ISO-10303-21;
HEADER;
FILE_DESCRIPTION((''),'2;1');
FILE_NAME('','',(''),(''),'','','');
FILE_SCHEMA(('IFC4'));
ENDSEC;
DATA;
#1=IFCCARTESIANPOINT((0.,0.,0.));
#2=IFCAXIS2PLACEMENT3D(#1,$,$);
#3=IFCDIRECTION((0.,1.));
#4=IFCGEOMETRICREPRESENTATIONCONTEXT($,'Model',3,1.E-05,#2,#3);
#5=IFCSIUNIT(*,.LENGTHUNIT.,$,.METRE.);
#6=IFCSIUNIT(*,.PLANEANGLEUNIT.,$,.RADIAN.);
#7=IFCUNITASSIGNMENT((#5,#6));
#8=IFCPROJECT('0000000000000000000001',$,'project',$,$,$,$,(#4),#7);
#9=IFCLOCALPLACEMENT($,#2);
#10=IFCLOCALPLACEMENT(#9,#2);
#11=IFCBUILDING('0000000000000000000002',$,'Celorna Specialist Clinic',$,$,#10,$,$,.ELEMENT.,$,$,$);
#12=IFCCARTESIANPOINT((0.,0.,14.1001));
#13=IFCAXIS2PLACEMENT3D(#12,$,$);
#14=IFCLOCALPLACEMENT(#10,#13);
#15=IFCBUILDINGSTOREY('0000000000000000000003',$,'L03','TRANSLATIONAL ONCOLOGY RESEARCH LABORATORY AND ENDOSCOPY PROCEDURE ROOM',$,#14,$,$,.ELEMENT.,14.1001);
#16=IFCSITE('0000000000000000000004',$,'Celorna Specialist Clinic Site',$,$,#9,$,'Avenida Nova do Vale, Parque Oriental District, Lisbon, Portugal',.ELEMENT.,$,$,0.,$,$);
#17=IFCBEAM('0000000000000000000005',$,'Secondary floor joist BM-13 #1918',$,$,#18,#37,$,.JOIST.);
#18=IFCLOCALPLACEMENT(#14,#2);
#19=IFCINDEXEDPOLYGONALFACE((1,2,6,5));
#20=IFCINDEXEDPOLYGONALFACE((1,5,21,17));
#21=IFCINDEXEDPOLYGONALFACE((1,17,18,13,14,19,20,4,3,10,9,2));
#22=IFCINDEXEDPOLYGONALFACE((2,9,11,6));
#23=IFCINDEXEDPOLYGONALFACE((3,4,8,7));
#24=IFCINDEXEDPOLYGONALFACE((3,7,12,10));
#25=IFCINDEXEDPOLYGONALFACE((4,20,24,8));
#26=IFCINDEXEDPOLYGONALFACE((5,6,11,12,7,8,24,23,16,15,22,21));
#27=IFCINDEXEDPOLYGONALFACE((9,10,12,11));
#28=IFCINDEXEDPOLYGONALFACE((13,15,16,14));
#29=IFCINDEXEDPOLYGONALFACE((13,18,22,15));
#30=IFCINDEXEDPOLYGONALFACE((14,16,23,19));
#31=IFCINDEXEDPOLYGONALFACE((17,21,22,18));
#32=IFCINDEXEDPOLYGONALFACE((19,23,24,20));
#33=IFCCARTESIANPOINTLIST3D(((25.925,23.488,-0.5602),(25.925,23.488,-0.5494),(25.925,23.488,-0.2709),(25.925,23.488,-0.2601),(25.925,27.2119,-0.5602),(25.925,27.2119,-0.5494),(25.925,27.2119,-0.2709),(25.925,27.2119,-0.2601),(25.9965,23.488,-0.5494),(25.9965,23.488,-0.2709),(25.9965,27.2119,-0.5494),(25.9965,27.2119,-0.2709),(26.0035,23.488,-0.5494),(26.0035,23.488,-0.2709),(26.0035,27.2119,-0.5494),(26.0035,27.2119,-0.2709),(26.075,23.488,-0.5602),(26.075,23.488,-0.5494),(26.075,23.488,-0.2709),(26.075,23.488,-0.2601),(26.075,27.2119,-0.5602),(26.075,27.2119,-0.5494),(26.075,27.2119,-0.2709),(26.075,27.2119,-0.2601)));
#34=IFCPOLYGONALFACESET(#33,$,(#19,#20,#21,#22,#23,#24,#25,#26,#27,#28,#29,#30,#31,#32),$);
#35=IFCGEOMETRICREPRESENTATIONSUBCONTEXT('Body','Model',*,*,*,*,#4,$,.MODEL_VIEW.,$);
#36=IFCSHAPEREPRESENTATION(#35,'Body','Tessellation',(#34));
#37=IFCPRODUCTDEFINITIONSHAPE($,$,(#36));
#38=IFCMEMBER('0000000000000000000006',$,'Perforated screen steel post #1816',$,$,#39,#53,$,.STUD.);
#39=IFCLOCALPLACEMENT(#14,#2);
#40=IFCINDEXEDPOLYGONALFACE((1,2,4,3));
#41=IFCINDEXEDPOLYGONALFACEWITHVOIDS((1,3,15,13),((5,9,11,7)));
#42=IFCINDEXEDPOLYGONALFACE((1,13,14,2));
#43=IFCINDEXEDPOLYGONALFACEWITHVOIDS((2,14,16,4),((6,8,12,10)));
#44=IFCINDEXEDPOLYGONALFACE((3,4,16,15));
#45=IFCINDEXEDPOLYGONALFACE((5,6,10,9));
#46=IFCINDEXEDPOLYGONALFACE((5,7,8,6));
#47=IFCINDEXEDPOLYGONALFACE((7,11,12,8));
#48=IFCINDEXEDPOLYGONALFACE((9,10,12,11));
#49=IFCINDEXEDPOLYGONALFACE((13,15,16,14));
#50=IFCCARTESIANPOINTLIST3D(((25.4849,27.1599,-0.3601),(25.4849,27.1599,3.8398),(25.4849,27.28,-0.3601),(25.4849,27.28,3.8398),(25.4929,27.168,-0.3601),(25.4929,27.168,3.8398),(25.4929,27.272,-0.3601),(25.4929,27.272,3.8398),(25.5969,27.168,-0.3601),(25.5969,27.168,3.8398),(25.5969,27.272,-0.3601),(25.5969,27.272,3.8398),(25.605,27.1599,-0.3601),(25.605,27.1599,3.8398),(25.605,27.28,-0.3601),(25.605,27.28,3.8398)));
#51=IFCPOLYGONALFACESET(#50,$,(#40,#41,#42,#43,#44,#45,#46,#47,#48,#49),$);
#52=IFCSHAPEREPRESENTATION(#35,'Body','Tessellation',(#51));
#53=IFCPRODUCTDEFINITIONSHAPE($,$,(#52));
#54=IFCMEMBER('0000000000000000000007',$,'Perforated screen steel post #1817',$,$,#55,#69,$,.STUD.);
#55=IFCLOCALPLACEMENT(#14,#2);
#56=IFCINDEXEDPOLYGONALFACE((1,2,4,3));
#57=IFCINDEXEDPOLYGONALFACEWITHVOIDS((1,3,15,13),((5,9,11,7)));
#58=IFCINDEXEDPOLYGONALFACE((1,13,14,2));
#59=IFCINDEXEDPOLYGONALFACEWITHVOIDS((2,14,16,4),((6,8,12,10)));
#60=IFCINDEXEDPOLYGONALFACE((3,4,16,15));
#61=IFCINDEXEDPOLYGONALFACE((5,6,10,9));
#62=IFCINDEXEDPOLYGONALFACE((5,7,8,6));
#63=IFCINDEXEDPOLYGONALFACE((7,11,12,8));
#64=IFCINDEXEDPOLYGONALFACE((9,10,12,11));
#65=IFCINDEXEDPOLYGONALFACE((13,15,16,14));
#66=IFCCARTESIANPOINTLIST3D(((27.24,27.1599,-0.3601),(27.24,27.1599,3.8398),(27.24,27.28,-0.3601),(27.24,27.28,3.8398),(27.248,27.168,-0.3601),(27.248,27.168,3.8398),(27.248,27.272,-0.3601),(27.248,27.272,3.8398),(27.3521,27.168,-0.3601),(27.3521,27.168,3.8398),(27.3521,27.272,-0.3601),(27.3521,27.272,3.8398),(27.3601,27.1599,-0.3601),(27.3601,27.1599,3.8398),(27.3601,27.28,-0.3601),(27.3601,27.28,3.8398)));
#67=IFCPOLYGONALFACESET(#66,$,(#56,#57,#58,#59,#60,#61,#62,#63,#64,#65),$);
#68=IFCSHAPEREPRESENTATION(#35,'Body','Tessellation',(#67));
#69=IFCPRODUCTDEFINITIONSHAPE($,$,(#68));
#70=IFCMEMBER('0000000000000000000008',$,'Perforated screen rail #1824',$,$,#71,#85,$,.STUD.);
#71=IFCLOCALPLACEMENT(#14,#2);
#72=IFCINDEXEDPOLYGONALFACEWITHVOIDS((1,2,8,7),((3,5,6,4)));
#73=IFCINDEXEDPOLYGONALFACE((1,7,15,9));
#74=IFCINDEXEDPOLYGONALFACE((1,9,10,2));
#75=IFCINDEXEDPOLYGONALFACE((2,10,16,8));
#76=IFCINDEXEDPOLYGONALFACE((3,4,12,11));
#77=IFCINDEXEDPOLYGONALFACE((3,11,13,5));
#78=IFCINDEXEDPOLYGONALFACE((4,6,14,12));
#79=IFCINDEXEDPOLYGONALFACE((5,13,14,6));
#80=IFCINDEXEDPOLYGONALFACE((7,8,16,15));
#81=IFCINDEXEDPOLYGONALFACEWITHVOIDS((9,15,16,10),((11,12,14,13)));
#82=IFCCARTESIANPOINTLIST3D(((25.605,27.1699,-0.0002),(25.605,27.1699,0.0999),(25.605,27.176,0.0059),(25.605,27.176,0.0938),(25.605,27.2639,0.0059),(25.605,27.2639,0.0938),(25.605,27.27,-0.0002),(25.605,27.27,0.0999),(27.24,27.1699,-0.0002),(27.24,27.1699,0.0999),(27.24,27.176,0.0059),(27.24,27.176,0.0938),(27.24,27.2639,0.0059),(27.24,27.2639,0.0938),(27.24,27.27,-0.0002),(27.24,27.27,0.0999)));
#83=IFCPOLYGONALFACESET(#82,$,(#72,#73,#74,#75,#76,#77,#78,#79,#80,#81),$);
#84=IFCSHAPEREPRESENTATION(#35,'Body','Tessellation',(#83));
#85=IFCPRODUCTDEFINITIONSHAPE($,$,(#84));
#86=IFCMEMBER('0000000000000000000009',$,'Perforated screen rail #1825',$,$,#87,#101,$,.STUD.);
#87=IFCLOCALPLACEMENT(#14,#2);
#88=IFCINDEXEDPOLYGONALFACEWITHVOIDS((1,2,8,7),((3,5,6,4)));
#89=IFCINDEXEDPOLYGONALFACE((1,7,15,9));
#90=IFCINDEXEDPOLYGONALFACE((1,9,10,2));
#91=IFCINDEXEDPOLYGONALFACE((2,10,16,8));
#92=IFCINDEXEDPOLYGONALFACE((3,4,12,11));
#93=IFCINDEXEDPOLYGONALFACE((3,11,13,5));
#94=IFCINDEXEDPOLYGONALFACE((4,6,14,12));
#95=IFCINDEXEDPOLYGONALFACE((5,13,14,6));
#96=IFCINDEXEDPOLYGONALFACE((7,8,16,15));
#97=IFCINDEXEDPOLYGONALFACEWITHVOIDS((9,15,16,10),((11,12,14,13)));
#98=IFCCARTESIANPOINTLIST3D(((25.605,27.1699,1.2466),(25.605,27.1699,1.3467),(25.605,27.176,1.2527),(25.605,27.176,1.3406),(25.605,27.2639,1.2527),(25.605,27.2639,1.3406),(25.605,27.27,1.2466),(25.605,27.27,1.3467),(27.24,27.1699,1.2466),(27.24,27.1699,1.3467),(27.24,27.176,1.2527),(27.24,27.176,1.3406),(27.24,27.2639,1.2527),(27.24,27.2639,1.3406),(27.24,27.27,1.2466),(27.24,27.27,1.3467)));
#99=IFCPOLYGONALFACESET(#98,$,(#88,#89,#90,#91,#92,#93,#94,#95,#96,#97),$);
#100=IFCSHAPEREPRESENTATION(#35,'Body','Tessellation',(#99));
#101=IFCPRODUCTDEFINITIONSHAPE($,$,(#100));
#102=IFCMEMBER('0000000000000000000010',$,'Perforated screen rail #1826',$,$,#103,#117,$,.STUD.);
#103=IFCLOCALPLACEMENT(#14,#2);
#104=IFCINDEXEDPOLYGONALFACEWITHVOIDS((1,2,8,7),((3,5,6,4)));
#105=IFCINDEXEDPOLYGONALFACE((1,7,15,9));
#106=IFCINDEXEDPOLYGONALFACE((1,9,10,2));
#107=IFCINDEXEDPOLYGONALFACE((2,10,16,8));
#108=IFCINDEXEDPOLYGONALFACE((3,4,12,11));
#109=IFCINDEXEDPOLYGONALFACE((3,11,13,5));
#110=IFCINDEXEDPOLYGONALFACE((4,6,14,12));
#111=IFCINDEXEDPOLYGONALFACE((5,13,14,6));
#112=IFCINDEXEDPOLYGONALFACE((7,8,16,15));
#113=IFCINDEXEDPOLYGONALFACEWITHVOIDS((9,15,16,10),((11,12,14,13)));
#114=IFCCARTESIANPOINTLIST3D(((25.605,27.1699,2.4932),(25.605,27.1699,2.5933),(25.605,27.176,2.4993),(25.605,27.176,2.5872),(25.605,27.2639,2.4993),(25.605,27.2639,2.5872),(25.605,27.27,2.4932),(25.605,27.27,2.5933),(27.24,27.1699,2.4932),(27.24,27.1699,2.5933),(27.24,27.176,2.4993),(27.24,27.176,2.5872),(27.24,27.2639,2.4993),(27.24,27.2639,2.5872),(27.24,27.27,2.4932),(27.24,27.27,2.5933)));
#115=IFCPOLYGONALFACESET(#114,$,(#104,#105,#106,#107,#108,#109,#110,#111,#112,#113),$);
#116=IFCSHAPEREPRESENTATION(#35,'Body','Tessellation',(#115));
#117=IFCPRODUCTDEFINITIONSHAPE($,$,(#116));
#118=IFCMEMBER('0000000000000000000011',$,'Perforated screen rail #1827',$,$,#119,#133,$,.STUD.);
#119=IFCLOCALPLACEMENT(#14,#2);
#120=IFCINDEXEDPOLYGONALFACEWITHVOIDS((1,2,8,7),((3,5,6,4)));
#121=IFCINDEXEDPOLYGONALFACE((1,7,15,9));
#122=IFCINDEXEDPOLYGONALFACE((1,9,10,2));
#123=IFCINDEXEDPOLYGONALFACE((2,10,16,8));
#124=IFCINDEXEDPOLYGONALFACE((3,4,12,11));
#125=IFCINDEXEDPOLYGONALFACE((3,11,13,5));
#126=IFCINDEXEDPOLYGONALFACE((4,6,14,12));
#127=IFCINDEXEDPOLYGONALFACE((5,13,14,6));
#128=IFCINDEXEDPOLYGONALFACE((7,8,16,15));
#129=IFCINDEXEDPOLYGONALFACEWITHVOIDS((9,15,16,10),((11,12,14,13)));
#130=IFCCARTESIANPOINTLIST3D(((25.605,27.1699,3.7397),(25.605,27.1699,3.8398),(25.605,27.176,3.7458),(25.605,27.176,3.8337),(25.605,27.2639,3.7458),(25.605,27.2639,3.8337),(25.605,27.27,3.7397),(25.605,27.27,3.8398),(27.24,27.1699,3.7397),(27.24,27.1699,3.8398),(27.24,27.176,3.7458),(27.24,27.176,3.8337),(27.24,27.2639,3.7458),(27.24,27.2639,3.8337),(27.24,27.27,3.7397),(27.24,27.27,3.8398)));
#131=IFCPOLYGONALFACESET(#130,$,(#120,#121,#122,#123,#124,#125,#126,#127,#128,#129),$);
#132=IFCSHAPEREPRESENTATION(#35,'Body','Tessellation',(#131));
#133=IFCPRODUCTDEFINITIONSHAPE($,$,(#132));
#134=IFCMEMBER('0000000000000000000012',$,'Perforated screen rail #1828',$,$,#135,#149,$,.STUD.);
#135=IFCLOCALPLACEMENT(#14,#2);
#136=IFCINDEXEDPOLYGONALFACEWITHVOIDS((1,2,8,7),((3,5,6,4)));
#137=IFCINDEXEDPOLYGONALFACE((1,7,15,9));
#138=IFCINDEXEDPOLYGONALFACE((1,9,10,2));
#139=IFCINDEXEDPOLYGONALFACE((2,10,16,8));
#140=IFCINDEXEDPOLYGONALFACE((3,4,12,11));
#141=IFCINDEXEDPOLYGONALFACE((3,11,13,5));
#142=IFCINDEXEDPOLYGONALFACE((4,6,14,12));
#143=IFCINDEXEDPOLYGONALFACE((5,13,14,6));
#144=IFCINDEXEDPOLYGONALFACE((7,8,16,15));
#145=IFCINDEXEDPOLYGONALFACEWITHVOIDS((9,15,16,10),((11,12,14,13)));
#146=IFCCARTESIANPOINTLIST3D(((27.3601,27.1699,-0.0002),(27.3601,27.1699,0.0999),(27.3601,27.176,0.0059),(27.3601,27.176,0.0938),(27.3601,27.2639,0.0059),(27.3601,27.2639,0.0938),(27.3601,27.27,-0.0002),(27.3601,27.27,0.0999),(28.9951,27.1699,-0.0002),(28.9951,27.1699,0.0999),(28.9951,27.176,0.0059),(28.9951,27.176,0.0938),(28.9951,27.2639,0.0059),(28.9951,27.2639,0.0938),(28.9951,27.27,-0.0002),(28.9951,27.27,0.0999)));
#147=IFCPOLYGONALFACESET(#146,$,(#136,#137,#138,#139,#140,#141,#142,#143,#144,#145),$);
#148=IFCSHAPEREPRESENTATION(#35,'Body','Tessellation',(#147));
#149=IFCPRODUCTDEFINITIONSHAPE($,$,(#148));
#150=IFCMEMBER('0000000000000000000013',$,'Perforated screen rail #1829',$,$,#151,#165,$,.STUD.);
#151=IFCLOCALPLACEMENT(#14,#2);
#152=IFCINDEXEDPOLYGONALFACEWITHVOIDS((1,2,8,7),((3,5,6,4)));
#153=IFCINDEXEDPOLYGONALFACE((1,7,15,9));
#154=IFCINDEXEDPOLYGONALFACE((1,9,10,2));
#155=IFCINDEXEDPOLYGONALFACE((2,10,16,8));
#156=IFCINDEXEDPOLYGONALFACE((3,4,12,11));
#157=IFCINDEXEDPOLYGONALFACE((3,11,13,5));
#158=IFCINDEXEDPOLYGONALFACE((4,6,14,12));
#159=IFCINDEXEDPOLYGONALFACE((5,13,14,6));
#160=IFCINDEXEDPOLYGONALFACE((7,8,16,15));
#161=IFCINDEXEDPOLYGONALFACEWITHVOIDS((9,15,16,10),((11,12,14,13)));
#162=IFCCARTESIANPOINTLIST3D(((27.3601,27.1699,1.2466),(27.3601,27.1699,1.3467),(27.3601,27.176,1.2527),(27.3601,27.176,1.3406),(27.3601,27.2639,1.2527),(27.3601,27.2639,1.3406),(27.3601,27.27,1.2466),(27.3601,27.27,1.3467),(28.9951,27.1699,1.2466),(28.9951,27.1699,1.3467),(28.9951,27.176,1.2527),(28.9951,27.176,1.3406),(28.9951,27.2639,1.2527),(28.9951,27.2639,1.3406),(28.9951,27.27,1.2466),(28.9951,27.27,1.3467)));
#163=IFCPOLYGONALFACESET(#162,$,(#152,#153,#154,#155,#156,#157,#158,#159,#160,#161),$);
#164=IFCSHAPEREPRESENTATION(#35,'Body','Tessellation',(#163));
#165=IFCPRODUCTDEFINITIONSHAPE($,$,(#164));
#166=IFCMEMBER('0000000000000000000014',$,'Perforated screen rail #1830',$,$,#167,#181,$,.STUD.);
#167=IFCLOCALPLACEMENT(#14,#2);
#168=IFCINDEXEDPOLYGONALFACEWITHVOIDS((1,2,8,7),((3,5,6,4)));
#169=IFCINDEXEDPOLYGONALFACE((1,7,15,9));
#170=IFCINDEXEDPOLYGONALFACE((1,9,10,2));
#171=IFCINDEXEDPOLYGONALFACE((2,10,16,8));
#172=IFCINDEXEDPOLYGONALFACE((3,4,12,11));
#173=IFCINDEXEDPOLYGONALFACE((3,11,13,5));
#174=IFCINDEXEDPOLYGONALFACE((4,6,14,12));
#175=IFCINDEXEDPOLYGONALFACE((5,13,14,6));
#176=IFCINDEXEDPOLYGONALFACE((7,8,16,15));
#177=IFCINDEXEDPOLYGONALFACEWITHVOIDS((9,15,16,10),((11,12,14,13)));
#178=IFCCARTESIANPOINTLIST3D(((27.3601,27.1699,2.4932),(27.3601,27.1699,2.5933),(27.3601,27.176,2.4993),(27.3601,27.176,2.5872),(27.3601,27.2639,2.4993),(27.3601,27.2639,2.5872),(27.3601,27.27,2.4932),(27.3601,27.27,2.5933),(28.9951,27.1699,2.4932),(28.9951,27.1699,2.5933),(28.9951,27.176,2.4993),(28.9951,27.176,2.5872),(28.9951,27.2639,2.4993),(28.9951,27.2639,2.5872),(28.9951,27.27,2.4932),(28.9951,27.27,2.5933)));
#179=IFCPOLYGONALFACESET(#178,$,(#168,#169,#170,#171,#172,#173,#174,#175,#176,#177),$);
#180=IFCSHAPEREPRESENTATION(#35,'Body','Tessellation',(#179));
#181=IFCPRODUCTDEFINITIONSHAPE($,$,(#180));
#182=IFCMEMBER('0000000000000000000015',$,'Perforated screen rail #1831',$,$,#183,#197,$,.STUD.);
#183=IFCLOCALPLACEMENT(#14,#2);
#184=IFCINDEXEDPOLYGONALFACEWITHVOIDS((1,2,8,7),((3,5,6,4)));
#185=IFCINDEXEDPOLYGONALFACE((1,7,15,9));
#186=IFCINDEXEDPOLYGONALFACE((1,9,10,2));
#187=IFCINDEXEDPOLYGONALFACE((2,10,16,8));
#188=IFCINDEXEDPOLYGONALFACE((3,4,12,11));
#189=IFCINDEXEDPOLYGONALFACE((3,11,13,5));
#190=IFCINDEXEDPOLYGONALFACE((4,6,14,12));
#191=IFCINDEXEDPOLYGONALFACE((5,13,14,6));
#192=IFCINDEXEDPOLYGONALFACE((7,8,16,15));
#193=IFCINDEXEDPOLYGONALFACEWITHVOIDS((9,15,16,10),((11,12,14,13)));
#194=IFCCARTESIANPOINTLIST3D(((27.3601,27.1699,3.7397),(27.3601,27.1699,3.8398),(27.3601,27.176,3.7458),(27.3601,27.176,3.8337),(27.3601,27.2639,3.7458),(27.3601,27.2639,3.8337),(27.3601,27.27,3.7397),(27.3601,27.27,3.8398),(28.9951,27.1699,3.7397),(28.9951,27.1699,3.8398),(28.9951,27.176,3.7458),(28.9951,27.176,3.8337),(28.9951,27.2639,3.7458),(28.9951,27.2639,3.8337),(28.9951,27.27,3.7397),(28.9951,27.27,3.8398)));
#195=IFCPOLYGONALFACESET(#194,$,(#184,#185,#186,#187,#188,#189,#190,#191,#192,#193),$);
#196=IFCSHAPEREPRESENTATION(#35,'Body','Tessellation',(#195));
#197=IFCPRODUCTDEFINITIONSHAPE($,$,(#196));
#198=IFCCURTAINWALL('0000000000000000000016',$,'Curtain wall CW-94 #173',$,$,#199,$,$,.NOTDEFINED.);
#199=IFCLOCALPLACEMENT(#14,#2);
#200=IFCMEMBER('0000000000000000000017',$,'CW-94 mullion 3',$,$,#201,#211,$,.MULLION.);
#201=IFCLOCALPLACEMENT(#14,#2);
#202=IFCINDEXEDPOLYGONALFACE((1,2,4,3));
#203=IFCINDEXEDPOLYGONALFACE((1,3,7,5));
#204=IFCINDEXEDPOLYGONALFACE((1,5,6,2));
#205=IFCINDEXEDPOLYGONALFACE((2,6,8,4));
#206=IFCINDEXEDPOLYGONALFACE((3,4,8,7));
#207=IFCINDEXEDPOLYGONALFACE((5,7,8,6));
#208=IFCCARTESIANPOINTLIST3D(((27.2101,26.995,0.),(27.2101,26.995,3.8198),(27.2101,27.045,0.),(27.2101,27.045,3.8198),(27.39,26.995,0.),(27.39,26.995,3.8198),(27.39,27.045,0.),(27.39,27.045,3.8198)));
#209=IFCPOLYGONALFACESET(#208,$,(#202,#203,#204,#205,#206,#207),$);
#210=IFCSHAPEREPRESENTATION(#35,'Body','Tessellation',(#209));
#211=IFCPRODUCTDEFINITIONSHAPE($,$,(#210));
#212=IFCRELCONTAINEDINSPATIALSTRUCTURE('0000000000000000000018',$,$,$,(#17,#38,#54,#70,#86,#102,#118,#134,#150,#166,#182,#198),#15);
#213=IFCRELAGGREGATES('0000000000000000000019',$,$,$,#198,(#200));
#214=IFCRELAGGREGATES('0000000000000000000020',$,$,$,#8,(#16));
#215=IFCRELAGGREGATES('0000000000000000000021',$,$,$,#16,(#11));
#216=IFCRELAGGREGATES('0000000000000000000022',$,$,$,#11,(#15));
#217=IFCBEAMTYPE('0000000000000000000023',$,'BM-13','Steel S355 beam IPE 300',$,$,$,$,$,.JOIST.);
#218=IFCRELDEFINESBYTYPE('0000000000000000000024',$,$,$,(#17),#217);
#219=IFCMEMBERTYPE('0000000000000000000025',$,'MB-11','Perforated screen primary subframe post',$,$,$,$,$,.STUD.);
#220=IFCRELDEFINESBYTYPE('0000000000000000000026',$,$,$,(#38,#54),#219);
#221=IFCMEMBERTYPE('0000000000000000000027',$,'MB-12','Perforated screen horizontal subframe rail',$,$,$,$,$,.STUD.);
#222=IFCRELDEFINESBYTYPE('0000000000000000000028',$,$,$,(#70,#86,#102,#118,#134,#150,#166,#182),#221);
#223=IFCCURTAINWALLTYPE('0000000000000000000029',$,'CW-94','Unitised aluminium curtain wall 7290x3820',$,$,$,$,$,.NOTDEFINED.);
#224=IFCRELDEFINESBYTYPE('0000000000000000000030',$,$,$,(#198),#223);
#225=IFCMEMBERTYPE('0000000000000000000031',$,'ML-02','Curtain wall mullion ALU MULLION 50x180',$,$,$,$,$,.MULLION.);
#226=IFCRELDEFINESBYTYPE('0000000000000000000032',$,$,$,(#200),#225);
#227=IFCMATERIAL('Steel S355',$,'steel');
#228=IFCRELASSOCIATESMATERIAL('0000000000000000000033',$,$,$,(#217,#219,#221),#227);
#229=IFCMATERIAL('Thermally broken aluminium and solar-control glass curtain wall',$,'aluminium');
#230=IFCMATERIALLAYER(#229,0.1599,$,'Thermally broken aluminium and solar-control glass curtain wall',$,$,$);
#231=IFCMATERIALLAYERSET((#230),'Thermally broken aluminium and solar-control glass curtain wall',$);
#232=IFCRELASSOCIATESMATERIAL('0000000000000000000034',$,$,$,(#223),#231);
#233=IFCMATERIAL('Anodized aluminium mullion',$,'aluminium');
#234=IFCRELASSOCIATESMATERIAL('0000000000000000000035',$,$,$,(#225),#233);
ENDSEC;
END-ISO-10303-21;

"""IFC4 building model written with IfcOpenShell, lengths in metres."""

from ifc_helpers import new_model, si_unit, direction, frame, origin, origin_2d, place, context, subcontext, project, spatial, rectangle, hollow_rectangle, i_section, extrude, material, layer, layer_set, material_profile, profile_set, type_object, element, aggregate, save


model = new_model("IFC4")

# Units and contexts
model_context = context("Model", 3, precision=1e-05, world=origin(), true_north=direction((0.0, 1.0)))
body_context = subcontext(model_context, "Body", "Model", "MODEL_VIEW")
ifc_project = project(units=[si_unit("LENGTHUNIT", "METRE"), si_unit("PLANEANGLEUNIT", "RADIAN")], contexts=[model_context])

# Site, building, storey
site_placement = place(None, origin())
site = spatial("IfcSite", under=ifc_project, at=site_placement, Name="Celorna Specialist Clinic Site", LongName="Avenida Nova do Vale, Parque Oriental District, Lisbon, Portugal", CompositionType="ELEMENT", RefElevation=0.0)
building_placement = place(site_placement, origin())
building = spatial("IfcBuilding", under=site, at=building_placement, Name="Celorna Specialist Clinic", CompositionType="ELEMENT")
storey_placement = place(building_placement, frame((0.0, 0.0, 14.1001)))
storey = spatial("IfcBuildingStorey", under=building, at=storey_placement, Name="L03", Description="TRANSLATIONAL ONCOLOGY RESEARCH LABORATORY AND ENDOSCOPY PROCEDURE ROOM", CompositionType="ELEMENT", Elevation=14.1001)

# Beam
ifc_material_1 = material(Name="Steel S355", Category="steel")
ifc_material_profile_1 = material_profile(ifc_material_1, i_section(OverallWidth=0.1499, OverallDepth=0.3, WebThickness=0.0071, FlangeThickness=0.0107, at=origin_2d()), Name="IPE 300")
ifc_profile_set_1 = profile_set([ifc_material_profile_1], Name="Steel S355")
beam_type = type_object("IfcBeamType", Name="BM-13", Description="Steel S355 beam IPE 300", PredefinedType="JOIST", material=ifc_profile_set_1)
beam_placement = place(storey_placement, frame((26.0, 23.488, -0.4102), z_axis=(0.0, 1.0, 0.0), x_axis=(-1.0, 0.0, 0.0)))
element("IfcBeam", 1, at=beam_placement, inside=storey, type_object=beam_type, Name="Secondary floor joist BM-13 #1918", PredefinedType="JOIST", context=body_context, shape_type="SweptSolid", body=[
    extrude(i_section(OverallWidth=0.1499, OverallDepth=0.3, WebThickness=0.0071, FlangeThickness=0.0107, at=origin_2d()), origin(), (0.0, 0.0, 1.0), 3.7239),
])

# Members
ifc_material_profile_2 = material_profile(ifc_material_1, hollow_rectangle(XDim=0.1201, YDim=0.1201, WallThickness=0.0081, at=origin_2d()), Name="SHS 120x120x8")
ifc_profile_set_2 = profile_set([ifc_material_profile_2], Name="Steel S355")
member_type_1 = type_object("IfcMemberType", Name="MB-11", Description="Perforated screen primary subframe post", PredefinedType="STUD", material=ifc_profile_set_2)
for number, where, z_axis, x_axis, name in (
    (2, (25.5449, 27.22, -0.3601), (0.0, 0.0, 1.0), (1.0, 0.0, 0.0), "Perforated screen steel post #1816"),
    (3, (27.3, 27.22, -0.3601), (0.0, 0.0, 1.0), (1.0, 0.0, 0.0), "Perforated screen steel post #1817"),
):
    element("IfcMember", number, at=place(storey_placement, frame(where, z_axis=z_axis, x_axis=x_axis)), inside=storey, type_object=member_type_1, Name=name, PredefinedType="STUD", context=body_context, shape_type="SweptSolid", body=[
        extrude(hollow_rectangle(XDim=0.1201, YDim=0.1201, WallThickness=0.0081, at=origin_2d()), origin(), (0.0, 0.0, 1.0), 4.2),
    ])
ifc_material_profile_3 = material_profile(ifc_material_1, hollow_rectangle(XDim=0.1001, YDim=0.1001, WallThickness=0.0061, at=origin_2d()), Name="SHS 100x100x6")
ifc_profile_set_3 = profile_set([ifc_material_profile_3], Name="Steel S355")
member_type_2 = type_object("IfcMemberType", Name="MB-12", Description="Perforated screen horizontal subframe rail", PredefinedType="STUD", material=ifc_profile_set_3)
for number, where, z_axis, x_axis, name in (
    (4, (25.605, 27.22, 0.0498), (1.0, 0.0, 0.0), (0.0, 1.0, 0.0), "Perforated screen rail #1824"),
    (5, (25.605, 27.22, 1.2966), (1.0, 0.0, 0.0), (0.0, 1.0, 0.0), "Perforated screen rail #1825"),
    (6, (25.605, 27.22, 2.5432), (1.0, 0.0, 0.0), (0.0, 1.0, 0.0), "Perforated screen rail #1826"),
    (7, (25.605, 27.22, 3.7898), (1.0, 0.0, 0.0), (0.0, 1.0, 0.0), "Perforated screen rail #1827"),
    (8, (27.3601, 27.22, 0.0498), (1.0, 0.0, 0.0), (0.0, 1.0, 0.0), "Perforated screen rail #1828"),
    (9, (27.3601, 27.22, 1.2966), (1.0, 0.0, 0.0), (0.0, 1.0, 0.0), "Perforated screen rail #1829"),
    (10, (27.3601, 27.22, 2.5432), (1.0, 0.0, 0.0), (0.0, 1.0, 0.0), "Perforated screen rail #1830"),
    (11, (27.3601, 27.22, 3.7898), (1.0, 0.0, 0.0), (0.0, 1.0, 0.0), "Perforated screen rail #1831"),
):
    element("IfcMember", number, at=place(storey_placement, frame(where, z_axis=z_axis, x_axis=x_axis)), inside=storey, type_object=member_type_2, Name=name, PredefinedType="STUD", context=body_context, shape_type="SweptSolid", body=[
        extrude(hollow_rectangle(XDim=0.1001, YDim=0.1001, WallThickness=0.0061, at=origin_2d()), origin(), (0.0, 0.0, 1.0), 1.635),
    ])

# Curtain wall, member
ifc_material_2 = material(Name="Thermally broken aluminium and solar-control glass curtain wall", Category="aluminium")
ifc_layer_1 = layer(ifc_material_2, 0.1599, Name="Thermally broken aluminium and solar-control glass curtain wall")
ifc_layer_set_1 = layer_set([ifc_layer_1], Name="Thermally broken aluminium and solar-control glass curtain wall")
curtain_wall_type = type_object("IfcCurtainWallType", Name="CW-94", Description="Unitised aluminium curtain wall 7290x3820", PredefinedType="NOTDEFINED", material=ifc_layer_set_1)
curtain_wall_placement = place(storey_placement, origin())
curtain_wall = element("IfcCurtainWall", 12, at=curtain_wall_placement, inside=storey, type_object=curtain_wall_type, Name="Curtain wall CW-94 #173", PredefinedType="NOTDEFINED")
ifc_material_3 = material(Name="Anodized aluminium mullion", Category="aluminium")
ifc_material_profile_4 = material_profile(ifc_material_3, rectangle(XDim=0.05, YDim=0.1799, at=origin_2d()), Name="ALU MULLION 50x180")
ifc_profile_set_4 = profile_set([ifc_material_profile_4], Name="Anodized aluminium mullion")
member_type_3 = type_object("IfcMemberType", Name="ML-02", Description="Curtain wall mullion ALU MULLION 50x180", PredefinedType="MULLION", material=ifc_profile_set_4)
member_1_placement = place(storey_placement, frame((27.3, 27.02, 0.0), z_axis=(0.0, 0.0, 1.0), x_axis=(0.0, 1.0, 0.0)))
member_1 = element("IfcMember", 13, at=member_1_placement, type_object=member_type_3, Name="CW-94 mullion 3", PredefinedType="MULLION", context=body_context, shape_type="SweptSolid", body=[
    extrude(rectangle(XDim=0.05, YDim=0.1799, at=origin_2d()), origin(), (0.0, 0.0, 1.0), 3.8198),
])
aggregate(curtain_wall, [member_1])

save(model, "model.ifc")
